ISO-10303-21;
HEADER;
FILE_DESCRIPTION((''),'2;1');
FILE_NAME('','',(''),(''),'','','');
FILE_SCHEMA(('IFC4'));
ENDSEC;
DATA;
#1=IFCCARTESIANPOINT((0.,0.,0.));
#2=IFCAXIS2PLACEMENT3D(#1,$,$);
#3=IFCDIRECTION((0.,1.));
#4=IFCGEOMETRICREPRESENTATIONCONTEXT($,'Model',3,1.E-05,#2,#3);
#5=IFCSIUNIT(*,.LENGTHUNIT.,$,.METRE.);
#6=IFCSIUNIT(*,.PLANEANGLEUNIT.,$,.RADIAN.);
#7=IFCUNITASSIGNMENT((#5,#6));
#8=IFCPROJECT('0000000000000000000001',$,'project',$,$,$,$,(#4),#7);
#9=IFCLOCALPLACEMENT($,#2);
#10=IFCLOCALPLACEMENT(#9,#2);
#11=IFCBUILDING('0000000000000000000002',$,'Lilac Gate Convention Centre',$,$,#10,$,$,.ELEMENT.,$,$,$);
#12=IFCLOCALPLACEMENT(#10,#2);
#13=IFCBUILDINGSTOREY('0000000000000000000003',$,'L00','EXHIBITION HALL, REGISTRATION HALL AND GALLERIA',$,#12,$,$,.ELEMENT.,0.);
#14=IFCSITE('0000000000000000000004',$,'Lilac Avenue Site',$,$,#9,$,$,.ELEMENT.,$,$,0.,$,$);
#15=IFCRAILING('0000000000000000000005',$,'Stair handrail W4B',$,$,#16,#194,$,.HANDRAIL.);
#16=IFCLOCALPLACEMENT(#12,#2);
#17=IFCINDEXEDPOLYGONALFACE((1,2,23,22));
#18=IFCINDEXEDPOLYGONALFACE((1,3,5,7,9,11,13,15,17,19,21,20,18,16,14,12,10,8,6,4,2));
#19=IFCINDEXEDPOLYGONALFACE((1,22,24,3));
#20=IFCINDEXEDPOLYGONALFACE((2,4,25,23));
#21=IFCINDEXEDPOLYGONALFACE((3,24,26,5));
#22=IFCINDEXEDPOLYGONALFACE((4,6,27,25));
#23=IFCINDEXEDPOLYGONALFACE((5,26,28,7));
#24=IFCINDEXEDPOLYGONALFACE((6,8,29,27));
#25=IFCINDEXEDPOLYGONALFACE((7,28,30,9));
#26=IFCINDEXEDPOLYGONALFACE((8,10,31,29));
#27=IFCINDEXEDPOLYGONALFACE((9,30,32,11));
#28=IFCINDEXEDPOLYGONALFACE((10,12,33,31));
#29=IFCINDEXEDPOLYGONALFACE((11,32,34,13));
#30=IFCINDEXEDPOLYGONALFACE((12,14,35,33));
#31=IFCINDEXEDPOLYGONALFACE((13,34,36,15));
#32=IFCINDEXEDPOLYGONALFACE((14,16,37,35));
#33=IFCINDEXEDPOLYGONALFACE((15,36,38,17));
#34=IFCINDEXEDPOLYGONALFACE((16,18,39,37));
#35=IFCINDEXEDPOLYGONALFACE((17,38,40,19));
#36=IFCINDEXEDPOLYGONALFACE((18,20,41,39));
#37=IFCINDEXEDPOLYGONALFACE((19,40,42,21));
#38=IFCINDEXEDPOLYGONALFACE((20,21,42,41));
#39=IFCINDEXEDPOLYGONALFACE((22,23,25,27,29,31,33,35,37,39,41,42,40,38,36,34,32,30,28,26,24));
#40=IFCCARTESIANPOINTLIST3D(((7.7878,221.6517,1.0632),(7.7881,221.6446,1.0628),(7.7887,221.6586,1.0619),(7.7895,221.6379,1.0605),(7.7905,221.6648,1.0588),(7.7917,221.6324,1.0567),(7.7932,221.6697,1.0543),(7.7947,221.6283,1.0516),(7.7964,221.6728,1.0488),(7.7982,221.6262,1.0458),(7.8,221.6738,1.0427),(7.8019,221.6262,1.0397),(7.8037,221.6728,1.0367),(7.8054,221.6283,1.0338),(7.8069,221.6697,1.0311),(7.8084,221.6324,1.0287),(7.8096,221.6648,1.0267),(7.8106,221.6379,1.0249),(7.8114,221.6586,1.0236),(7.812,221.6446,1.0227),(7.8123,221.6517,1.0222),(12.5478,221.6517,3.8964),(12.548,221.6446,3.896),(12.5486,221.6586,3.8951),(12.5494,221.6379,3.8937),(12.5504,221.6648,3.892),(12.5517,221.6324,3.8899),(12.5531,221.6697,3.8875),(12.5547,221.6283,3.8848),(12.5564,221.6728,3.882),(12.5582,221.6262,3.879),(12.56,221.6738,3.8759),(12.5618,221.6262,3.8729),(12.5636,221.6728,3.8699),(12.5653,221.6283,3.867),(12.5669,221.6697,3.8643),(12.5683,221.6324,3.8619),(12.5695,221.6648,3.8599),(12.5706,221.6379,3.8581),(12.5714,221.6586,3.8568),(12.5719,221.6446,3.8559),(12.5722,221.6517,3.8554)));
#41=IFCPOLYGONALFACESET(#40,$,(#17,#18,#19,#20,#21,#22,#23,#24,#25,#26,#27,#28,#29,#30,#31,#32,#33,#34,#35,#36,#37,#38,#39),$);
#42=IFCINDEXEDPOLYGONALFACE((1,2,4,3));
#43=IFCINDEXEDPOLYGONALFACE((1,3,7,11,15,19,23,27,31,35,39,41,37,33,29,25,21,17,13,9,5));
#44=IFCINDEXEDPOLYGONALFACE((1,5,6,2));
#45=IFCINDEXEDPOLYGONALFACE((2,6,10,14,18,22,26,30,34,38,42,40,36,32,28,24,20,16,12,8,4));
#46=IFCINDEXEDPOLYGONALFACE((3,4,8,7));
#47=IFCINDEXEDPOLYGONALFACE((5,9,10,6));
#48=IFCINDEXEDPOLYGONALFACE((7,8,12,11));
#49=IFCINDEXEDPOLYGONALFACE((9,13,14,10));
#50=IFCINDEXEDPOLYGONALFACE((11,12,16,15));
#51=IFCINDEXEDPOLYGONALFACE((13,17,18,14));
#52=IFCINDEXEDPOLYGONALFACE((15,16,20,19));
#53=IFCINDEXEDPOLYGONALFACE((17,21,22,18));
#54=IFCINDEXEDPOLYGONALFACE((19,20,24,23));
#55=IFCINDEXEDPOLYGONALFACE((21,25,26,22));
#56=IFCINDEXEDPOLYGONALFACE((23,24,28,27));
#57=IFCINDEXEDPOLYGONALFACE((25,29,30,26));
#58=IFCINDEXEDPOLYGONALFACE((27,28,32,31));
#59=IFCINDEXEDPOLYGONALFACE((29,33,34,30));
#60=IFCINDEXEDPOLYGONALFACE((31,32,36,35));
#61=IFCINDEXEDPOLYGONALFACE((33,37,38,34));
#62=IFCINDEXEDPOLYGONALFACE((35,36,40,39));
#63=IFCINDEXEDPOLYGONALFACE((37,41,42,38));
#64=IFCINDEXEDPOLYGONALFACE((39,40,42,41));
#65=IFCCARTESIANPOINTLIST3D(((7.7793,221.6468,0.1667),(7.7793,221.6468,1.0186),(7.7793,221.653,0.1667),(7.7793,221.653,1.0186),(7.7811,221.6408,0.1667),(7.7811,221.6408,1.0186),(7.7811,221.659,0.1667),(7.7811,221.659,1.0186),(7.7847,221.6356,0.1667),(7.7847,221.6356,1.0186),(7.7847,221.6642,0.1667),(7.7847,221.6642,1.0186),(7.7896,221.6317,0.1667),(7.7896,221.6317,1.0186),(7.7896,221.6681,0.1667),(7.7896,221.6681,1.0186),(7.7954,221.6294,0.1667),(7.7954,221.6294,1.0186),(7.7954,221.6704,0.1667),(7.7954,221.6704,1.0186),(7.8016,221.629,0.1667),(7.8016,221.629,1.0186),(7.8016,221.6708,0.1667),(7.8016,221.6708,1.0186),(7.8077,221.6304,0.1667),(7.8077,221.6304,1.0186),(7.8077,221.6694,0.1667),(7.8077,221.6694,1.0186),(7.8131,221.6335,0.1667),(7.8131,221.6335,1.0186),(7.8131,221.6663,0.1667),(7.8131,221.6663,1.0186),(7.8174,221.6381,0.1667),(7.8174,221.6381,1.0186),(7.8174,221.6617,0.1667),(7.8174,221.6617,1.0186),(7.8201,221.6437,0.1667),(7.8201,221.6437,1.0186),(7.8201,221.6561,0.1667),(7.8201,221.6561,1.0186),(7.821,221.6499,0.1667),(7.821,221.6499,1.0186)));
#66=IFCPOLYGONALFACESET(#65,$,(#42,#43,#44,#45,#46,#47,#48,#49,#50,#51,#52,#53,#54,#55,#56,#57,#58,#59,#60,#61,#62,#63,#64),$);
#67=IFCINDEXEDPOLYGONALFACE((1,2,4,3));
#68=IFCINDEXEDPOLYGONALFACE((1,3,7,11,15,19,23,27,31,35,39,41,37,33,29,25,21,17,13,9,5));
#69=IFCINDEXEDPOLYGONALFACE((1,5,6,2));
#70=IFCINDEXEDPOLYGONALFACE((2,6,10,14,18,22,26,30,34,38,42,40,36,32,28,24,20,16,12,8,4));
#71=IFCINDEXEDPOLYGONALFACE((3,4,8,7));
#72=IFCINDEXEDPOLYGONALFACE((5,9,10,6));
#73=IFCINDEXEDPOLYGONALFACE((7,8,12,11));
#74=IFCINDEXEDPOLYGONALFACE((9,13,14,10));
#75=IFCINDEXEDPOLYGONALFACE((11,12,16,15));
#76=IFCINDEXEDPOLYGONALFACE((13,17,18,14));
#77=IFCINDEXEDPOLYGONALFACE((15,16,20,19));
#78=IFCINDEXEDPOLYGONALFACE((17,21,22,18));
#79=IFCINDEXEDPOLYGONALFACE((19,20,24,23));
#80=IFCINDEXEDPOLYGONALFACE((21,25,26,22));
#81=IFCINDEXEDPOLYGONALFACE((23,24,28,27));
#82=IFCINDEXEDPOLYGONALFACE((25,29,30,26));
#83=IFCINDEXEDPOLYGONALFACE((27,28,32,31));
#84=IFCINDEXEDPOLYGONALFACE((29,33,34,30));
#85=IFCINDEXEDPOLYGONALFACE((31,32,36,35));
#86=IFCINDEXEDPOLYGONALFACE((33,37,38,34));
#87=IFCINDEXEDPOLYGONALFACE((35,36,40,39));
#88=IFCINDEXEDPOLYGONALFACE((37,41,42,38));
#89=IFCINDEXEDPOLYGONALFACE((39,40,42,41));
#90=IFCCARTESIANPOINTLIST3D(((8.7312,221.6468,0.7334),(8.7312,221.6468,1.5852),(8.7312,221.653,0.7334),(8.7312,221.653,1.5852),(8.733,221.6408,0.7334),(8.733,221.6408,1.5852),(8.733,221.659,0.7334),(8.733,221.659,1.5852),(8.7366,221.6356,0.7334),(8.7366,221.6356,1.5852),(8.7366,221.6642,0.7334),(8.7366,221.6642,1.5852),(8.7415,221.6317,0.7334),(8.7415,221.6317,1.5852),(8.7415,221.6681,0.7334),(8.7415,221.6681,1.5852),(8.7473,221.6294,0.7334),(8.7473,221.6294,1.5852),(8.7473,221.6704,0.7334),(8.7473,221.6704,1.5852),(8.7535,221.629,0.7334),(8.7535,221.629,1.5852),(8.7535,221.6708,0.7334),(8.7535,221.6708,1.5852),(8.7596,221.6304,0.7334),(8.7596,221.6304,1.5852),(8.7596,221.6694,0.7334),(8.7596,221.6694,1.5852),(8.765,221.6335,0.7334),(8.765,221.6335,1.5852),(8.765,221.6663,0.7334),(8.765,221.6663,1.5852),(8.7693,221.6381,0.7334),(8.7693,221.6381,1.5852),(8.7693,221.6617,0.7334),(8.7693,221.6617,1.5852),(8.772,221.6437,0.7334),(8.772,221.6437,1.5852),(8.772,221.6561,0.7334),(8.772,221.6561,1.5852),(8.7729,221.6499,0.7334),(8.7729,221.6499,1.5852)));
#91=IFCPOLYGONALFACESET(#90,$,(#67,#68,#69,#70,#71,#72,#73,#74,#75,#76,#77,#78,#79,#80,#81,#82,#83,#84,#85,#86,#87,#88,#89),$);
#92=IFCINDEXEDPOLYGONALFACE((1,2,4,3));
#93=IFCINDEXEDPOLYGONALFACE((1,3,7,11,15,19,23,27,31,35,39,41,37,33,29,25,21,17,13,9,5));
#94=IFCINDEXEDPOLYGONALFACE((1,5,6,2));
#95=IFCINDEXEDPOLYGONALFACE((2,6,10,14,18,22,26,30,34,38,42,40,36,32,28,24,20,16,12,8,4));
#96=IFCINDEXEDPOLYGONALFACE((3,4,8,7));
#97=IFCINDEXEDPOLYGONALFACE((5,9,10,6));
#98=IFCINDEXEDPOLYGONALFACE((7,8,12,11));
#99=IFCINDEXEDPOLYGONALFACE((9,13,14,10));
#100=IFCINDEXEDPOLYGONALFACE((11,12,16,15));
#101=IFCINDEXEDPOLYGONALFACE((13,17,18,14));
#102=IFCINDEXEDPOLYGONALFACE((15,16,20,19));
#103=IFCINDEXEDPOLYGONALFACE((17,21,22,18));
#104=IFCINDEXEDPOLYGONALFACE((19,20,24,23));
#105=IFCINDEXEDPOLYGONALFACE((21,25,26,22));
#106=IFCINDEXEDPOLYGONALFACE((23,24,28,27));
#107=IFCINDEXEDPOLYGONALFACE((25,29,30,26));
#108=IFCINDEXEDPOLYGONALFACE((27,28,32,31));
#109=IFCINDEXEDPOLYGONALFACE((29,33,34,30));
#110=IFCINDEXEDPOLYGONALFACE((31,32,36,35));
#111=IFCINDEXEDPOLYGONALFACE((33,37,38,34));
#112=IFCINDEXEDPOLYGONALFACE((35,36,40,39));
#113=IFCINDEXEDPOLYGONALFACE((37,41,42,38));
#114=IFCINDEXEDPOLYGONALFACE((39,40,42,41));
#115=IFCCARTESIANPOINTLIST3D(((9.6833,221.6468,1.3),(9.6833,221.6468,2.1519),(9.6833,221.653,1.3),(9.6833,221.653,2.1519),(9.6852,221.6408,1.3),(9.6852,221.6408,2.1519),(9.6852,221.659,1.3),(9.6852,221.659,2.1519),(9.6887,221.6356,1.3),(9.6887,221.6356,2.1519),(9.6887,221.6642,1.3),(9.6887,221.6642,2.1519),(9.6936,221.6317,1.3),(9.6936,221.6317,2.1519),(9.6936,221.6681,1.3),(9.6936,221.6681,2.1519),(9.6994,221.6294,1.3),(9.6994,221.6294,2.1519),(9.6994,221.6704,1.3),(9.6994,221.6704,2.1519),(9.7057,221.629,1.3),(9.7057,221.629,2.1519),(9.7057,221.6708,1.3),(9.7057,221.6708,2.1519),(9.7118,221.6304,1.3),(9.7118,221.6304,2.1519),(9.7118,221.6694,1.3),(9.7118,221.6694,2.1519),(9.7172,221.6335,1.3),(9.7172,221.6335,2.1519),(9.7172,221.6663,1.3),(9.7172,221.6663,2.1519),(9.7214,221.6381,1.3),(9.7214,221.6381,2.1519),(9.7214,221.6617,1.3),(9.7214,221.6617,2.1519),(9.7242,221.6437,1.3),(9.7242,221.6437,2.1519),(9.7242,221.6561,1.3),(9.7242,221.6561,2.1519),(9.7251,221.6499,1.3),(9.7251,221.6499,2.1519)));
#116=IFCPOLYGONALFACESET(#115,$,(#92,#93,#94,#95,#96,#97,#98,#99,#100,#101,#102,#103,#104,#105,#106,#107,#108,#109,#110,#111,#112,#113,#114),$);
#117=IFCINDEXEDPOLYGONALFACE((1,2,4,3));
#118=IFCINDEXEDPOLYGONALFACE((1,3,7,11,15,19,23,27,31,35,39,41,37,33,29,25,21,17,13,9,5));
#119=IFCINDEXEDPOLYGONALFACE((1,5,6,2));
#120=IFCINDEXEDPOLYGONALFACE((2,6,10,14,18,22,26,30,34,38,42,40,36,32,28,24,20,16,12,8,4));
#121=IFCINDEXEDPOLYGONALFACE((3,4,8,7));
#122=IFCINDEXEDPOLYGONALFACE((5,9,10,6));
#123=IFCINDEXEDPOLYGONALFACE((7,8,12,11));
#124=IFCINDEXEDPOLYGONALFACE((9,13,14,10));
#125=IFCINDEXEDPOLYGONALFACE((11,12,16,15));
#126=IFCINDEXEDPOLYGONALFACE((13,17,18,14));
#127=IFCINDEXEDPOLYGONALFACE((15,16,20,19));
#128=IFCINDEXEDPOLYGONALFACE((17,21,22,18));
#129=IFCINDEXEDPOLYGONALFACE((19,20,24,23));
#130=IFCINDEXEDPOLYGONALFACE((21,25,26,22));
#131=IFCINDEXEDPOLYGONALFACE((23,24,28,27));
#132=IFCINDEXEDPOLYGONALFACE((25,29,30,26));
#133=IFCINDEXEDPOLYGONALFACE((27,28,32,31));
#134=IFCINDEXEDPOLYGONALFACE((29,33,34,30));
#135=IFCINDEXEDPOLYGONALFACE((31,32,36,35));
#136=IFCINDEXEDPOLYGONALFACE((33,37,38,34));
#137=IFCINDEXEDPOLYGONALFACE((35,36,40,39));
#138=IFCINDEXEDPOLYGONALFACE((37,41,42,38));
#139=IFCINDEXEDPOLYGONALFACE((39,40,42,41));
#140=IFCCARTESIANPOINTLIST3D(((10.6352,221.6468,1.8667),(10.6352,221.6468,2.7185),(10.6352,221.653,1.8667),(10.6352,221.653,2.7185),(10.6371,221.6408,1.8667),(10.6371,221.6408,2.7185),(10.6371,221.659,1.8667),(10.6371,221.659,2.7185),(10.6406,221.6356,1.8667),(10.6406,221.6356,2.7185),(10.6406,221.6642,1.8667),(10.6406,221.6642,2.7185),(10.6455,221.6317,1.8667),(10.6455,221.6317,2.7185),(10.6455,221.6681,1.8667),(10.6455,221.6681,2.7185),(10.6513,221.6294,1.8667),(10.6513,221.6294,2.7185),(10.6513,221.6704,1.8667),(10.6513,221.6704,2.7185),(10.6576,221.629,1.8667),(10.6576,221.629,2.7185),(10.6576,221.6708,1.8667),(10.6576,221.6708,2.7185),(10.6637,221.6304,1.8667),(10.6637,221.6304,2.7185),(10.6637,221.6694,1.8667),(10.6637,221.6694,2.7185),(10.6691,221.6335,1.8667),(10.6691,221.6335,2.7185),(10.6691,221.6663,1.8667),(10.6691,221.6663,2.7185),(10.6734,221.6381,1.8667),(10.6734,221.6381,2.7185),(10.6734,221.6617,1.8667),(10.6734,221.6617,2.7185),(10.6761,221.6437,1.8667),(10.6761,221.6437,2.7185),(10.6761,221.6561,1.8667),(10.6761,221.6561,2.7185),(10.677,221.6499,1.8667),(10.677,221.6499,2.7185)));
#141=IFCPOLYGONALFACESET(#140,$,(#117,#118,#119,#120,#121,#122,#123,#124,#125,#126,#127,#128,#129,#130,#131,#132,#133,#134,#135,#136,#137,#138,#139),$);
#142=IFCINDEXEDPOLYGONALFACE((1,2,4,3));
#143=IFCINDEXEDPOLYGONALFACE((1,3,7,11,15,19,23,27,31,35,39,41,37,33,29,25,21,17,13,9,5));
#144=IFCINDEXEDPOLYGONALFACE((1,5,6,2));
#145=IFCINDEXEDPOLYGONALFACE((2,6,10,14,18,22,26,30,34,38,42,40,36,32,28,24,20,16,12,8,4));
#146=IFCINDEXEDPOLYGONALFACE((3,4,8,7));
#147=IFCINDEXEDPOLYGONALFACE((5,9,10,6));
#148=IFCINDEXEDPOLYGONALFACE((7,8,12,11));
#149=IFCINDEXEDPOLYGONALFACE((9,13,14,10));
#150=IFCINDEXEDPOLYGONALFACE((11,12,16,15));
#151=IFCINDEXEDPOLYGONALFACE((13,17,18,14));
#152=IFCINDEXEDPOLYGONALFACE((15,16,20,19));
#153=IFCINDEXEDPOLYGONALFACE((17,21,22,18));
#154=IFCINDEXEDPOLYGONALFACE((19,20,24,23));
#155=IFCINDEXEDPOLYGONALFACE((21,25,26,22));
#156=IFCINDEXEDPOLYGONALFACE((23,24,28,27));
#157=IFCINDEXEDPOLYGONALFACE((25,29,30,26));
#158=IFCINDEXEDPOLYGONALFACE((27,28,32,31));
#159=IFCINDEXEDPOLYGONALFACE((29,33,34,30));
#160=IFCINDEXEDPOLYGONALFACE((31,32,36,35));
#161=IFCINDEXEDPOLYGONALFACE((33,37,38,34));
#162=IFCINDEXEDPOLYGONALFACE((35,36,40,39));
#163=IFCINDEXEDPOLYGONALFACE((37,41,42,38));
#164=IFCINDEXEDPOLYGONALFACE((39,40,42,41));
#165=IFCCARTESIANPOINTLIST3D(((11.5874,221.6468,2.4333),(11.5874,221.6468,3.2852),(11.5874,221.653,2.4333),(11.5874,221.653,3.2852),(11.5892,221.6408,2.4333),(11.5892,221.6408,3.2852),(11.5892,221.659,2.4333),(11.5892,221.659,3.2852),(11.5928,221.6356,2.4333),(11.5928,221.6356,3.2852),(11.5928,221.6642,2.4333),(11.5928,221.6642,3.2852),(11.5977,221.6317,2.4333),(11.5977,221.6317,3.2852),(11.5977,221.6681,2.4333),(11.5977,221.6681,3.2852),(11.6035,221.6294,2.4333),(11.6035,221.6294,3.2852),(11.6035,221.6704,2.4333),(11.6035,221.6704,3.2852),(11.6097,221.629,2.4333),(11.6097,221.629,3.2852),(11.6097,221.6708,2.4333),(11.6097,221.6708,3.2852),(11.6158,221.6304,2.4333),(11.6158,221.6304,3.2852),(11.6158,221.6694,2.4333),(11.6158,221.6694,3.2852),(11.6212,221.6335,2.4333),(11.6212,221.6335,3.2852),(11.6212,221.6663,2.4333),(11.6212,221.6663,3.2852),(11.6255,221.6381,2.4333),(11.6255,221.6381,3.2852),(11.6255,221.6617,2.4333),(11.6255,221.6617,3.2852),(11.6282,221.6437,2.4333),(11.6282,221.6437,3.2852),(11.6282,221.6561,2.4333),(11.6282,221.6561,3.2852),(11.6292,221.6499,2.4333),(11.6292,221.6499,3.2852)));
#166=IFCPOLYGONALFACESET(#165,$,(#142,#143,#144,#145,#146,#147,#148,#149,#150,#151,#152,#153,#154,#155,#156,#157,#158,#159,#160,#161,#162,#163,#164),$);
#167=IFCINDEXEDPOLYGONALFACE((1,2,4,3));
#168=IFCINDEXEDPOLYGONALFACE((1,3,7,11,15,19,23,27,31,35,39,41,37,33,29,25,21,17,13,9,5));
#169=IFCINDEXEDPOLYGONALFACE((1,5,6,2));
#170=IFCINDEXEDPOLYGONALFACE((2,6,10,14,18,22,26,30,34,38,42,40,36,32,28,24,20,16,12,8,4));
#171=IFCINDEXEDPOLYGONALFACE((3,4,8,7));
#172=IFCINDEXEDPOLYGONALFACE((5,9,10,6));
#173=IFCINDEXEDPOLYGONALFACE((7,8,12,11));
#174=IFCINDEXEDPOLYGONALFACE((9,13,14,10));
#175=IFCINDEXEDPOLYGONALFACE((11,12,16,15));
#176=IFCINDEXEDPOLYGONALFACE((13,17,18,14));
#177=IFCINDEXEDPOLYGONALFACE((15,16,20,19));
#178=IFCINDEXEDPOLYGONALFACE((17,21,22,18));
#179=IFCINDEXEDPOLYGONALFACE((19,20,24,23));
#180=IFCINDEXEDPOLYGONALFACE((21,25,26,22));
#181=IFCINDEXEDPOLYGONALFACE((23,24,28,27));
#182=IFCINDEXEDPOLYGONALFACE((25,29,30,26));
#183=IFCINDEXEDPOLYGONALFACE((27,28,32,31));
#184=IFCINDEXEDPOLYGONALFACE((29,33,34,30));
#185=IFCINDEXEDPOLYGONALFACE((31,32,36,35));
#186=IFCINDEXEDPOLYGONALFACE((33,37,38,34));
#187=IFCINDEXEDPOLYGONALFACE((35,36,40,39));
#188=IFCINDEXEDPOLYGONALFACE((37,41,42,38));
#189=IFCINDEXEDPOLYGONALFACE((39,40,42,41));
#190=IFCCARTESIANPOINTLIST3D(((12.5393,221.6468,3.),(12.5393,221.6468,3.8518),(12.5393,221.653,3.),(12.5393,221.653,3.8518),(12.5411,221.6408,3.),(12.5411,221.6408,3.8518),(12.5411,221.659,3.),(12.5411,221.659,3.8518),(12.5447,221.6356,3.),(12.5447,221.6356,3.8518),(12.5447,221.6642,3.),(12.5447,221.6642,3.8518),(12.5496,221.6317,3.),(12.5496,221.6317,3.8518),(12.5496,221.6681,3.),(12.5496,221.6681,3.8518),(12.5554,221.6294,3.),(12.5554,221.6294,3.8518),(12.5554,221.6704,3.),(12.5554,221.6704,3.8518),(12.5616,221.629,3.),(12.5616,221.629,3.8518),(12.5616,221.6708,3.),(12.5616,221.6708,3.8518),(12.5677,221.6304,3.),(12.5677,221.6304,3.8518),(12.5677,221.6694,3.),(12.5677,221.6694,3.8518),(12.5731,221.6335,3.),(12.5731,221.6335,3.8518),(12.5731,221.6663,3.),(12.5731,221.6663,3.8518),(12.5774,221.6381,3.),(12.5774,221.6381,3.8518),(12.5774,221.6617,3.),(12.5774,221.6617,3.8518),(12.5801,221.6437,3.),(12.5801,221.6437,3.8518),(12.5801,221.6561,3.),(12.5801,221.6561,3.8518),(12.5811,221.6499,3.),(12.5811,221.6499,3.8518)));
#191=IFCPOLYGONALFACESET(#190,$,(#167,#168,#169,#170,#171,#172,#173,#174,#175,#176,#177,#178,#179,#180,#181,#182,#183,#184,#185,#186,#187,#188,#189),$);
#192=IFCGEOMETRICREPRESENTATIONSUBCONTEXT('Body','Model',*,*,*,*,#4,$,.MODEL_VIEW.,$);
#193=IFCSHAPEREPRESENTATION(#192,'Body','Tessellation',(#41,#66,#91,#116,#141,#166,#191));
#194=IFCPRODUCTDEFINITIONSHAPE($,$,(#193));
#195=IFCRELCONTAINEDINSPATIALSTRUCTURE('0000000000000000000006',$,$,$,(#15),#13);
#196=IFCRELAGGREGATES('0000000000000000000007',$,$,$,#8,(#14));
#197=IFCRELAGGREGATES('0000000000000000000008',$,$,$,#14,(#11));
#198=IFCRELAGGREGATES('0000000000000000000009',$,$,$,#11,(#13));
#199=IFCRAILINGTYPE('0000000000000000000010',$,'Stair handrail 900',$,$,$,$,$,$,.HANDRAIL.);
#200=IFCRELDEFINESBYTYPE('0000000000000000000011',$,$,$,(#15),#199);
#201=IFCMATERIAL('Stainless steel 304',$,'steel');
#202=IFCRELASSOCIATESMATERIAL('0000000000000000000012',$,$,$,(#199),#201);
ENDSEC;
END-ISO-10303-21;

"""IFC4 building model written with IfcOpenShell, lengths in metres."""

from ifc_helpers import new_model, si_unit, direction, frame, origin, origin_2d, place, context, subcontext, project, spatial, circle, extrude, material, type_object, element, save


model = new_model("IFC4")

# Units and contexts
model_context = context("Model", 3, precision=1e-05, world=origin(), true_north=direction((0.0, 1.0)))
body_context = subcontext(model_context, "Body", "Model", "MODEL_VIEW")
ifc_project = project(units=[si_unit("LENGTHUNIT", "METRE"), si_unit("PLANEANGLEUNIT", "RADIAN")], contexts=[model_context])

# Site, building, storey
site_placement = place(None, origin())
site = spatial("IfcSite", under=ifc_project, at=site_placement, Name="Lilac Avenue Site", CompositionType="ELEMENT", RefElevation=0.0)
building_placement = place(site_placement, origin())
building = spatial("IfcBuilding", under=site, at=building_placement, Name="Lilac Gate Convention Centre", CompositionType="ELEMENT")
storey_placement = place(building_placement, origin())
storey = spatial("IfcBuildingStorey", under=building, at=storey_placement, Name="L00", Description="EXHIBITION HALL, REGISTRATION HALL AND GALLERIA", CompositionType="ELEMENT", Elevation=0.0)

# Railing
ifc_material_1 = material(Name="Stainless steel 304", Category="steel")
railing_type = type_object("IfcRailingType", Name="Stair handrail 900", PredefinedType="HANDRAIL", material=ifc_material_1)
for number, where, name in (
    (1, (7.8, 221.6499, 0.1667), "Stair handrail W4B"),
):
    element("IfcRailing", number, at=place(storey_placement, frame(where)), inside=storey, type_object=railing_type, Name=name, PredefinedType="HANDRAIL", context=body_context, shape_type="SweptSolid", body=[
        extrude(circle(Radius=0.0239, at=origin_2d()), frame((0.0, 0.0, 0.876), z_axis=(0.8593, 0.0, 0.511472), x_axis=(0.0, 1.0, 0.0)), (0.0, 0.0, 1.0), 5.5393),
        extrude(circle(Radius=0.021, at=origin_2d()), origin(), (0.0, 0.0, 1.0), 0.8518),
        extrude(circle(Radius=0.021, at=origin_2d()), frame((0.9519, 0.0, 0.5667)), (0.0, 0.0, 1.0), 0.8518),
        extrude(circle(Radius=0.021, at=origin_2d()), frame((1.9041, 0.0, 1.1333)), (0.0, 0.0, 1.0), 0.8518),
        extrude(circle(Radius=0.021, at=origin_2d()), frame((2.856, 0.0, 1.7)), (0.0, 0.0, 1.0), 0.8518),
        extrude(circle(Radius=0.021, at=origin_2d()), frame((3.8081, 0.0, 2.2666)), (0.0, 0.0, 1.0), 0.8518),
        extrude(circle(Radius=0.021, at=origin_2d()), frame((4.76, 0.0, 2.8333)), (0.0, 0.0, 1.0), 0.8518),
    ])

save(model, "model.ifc")
